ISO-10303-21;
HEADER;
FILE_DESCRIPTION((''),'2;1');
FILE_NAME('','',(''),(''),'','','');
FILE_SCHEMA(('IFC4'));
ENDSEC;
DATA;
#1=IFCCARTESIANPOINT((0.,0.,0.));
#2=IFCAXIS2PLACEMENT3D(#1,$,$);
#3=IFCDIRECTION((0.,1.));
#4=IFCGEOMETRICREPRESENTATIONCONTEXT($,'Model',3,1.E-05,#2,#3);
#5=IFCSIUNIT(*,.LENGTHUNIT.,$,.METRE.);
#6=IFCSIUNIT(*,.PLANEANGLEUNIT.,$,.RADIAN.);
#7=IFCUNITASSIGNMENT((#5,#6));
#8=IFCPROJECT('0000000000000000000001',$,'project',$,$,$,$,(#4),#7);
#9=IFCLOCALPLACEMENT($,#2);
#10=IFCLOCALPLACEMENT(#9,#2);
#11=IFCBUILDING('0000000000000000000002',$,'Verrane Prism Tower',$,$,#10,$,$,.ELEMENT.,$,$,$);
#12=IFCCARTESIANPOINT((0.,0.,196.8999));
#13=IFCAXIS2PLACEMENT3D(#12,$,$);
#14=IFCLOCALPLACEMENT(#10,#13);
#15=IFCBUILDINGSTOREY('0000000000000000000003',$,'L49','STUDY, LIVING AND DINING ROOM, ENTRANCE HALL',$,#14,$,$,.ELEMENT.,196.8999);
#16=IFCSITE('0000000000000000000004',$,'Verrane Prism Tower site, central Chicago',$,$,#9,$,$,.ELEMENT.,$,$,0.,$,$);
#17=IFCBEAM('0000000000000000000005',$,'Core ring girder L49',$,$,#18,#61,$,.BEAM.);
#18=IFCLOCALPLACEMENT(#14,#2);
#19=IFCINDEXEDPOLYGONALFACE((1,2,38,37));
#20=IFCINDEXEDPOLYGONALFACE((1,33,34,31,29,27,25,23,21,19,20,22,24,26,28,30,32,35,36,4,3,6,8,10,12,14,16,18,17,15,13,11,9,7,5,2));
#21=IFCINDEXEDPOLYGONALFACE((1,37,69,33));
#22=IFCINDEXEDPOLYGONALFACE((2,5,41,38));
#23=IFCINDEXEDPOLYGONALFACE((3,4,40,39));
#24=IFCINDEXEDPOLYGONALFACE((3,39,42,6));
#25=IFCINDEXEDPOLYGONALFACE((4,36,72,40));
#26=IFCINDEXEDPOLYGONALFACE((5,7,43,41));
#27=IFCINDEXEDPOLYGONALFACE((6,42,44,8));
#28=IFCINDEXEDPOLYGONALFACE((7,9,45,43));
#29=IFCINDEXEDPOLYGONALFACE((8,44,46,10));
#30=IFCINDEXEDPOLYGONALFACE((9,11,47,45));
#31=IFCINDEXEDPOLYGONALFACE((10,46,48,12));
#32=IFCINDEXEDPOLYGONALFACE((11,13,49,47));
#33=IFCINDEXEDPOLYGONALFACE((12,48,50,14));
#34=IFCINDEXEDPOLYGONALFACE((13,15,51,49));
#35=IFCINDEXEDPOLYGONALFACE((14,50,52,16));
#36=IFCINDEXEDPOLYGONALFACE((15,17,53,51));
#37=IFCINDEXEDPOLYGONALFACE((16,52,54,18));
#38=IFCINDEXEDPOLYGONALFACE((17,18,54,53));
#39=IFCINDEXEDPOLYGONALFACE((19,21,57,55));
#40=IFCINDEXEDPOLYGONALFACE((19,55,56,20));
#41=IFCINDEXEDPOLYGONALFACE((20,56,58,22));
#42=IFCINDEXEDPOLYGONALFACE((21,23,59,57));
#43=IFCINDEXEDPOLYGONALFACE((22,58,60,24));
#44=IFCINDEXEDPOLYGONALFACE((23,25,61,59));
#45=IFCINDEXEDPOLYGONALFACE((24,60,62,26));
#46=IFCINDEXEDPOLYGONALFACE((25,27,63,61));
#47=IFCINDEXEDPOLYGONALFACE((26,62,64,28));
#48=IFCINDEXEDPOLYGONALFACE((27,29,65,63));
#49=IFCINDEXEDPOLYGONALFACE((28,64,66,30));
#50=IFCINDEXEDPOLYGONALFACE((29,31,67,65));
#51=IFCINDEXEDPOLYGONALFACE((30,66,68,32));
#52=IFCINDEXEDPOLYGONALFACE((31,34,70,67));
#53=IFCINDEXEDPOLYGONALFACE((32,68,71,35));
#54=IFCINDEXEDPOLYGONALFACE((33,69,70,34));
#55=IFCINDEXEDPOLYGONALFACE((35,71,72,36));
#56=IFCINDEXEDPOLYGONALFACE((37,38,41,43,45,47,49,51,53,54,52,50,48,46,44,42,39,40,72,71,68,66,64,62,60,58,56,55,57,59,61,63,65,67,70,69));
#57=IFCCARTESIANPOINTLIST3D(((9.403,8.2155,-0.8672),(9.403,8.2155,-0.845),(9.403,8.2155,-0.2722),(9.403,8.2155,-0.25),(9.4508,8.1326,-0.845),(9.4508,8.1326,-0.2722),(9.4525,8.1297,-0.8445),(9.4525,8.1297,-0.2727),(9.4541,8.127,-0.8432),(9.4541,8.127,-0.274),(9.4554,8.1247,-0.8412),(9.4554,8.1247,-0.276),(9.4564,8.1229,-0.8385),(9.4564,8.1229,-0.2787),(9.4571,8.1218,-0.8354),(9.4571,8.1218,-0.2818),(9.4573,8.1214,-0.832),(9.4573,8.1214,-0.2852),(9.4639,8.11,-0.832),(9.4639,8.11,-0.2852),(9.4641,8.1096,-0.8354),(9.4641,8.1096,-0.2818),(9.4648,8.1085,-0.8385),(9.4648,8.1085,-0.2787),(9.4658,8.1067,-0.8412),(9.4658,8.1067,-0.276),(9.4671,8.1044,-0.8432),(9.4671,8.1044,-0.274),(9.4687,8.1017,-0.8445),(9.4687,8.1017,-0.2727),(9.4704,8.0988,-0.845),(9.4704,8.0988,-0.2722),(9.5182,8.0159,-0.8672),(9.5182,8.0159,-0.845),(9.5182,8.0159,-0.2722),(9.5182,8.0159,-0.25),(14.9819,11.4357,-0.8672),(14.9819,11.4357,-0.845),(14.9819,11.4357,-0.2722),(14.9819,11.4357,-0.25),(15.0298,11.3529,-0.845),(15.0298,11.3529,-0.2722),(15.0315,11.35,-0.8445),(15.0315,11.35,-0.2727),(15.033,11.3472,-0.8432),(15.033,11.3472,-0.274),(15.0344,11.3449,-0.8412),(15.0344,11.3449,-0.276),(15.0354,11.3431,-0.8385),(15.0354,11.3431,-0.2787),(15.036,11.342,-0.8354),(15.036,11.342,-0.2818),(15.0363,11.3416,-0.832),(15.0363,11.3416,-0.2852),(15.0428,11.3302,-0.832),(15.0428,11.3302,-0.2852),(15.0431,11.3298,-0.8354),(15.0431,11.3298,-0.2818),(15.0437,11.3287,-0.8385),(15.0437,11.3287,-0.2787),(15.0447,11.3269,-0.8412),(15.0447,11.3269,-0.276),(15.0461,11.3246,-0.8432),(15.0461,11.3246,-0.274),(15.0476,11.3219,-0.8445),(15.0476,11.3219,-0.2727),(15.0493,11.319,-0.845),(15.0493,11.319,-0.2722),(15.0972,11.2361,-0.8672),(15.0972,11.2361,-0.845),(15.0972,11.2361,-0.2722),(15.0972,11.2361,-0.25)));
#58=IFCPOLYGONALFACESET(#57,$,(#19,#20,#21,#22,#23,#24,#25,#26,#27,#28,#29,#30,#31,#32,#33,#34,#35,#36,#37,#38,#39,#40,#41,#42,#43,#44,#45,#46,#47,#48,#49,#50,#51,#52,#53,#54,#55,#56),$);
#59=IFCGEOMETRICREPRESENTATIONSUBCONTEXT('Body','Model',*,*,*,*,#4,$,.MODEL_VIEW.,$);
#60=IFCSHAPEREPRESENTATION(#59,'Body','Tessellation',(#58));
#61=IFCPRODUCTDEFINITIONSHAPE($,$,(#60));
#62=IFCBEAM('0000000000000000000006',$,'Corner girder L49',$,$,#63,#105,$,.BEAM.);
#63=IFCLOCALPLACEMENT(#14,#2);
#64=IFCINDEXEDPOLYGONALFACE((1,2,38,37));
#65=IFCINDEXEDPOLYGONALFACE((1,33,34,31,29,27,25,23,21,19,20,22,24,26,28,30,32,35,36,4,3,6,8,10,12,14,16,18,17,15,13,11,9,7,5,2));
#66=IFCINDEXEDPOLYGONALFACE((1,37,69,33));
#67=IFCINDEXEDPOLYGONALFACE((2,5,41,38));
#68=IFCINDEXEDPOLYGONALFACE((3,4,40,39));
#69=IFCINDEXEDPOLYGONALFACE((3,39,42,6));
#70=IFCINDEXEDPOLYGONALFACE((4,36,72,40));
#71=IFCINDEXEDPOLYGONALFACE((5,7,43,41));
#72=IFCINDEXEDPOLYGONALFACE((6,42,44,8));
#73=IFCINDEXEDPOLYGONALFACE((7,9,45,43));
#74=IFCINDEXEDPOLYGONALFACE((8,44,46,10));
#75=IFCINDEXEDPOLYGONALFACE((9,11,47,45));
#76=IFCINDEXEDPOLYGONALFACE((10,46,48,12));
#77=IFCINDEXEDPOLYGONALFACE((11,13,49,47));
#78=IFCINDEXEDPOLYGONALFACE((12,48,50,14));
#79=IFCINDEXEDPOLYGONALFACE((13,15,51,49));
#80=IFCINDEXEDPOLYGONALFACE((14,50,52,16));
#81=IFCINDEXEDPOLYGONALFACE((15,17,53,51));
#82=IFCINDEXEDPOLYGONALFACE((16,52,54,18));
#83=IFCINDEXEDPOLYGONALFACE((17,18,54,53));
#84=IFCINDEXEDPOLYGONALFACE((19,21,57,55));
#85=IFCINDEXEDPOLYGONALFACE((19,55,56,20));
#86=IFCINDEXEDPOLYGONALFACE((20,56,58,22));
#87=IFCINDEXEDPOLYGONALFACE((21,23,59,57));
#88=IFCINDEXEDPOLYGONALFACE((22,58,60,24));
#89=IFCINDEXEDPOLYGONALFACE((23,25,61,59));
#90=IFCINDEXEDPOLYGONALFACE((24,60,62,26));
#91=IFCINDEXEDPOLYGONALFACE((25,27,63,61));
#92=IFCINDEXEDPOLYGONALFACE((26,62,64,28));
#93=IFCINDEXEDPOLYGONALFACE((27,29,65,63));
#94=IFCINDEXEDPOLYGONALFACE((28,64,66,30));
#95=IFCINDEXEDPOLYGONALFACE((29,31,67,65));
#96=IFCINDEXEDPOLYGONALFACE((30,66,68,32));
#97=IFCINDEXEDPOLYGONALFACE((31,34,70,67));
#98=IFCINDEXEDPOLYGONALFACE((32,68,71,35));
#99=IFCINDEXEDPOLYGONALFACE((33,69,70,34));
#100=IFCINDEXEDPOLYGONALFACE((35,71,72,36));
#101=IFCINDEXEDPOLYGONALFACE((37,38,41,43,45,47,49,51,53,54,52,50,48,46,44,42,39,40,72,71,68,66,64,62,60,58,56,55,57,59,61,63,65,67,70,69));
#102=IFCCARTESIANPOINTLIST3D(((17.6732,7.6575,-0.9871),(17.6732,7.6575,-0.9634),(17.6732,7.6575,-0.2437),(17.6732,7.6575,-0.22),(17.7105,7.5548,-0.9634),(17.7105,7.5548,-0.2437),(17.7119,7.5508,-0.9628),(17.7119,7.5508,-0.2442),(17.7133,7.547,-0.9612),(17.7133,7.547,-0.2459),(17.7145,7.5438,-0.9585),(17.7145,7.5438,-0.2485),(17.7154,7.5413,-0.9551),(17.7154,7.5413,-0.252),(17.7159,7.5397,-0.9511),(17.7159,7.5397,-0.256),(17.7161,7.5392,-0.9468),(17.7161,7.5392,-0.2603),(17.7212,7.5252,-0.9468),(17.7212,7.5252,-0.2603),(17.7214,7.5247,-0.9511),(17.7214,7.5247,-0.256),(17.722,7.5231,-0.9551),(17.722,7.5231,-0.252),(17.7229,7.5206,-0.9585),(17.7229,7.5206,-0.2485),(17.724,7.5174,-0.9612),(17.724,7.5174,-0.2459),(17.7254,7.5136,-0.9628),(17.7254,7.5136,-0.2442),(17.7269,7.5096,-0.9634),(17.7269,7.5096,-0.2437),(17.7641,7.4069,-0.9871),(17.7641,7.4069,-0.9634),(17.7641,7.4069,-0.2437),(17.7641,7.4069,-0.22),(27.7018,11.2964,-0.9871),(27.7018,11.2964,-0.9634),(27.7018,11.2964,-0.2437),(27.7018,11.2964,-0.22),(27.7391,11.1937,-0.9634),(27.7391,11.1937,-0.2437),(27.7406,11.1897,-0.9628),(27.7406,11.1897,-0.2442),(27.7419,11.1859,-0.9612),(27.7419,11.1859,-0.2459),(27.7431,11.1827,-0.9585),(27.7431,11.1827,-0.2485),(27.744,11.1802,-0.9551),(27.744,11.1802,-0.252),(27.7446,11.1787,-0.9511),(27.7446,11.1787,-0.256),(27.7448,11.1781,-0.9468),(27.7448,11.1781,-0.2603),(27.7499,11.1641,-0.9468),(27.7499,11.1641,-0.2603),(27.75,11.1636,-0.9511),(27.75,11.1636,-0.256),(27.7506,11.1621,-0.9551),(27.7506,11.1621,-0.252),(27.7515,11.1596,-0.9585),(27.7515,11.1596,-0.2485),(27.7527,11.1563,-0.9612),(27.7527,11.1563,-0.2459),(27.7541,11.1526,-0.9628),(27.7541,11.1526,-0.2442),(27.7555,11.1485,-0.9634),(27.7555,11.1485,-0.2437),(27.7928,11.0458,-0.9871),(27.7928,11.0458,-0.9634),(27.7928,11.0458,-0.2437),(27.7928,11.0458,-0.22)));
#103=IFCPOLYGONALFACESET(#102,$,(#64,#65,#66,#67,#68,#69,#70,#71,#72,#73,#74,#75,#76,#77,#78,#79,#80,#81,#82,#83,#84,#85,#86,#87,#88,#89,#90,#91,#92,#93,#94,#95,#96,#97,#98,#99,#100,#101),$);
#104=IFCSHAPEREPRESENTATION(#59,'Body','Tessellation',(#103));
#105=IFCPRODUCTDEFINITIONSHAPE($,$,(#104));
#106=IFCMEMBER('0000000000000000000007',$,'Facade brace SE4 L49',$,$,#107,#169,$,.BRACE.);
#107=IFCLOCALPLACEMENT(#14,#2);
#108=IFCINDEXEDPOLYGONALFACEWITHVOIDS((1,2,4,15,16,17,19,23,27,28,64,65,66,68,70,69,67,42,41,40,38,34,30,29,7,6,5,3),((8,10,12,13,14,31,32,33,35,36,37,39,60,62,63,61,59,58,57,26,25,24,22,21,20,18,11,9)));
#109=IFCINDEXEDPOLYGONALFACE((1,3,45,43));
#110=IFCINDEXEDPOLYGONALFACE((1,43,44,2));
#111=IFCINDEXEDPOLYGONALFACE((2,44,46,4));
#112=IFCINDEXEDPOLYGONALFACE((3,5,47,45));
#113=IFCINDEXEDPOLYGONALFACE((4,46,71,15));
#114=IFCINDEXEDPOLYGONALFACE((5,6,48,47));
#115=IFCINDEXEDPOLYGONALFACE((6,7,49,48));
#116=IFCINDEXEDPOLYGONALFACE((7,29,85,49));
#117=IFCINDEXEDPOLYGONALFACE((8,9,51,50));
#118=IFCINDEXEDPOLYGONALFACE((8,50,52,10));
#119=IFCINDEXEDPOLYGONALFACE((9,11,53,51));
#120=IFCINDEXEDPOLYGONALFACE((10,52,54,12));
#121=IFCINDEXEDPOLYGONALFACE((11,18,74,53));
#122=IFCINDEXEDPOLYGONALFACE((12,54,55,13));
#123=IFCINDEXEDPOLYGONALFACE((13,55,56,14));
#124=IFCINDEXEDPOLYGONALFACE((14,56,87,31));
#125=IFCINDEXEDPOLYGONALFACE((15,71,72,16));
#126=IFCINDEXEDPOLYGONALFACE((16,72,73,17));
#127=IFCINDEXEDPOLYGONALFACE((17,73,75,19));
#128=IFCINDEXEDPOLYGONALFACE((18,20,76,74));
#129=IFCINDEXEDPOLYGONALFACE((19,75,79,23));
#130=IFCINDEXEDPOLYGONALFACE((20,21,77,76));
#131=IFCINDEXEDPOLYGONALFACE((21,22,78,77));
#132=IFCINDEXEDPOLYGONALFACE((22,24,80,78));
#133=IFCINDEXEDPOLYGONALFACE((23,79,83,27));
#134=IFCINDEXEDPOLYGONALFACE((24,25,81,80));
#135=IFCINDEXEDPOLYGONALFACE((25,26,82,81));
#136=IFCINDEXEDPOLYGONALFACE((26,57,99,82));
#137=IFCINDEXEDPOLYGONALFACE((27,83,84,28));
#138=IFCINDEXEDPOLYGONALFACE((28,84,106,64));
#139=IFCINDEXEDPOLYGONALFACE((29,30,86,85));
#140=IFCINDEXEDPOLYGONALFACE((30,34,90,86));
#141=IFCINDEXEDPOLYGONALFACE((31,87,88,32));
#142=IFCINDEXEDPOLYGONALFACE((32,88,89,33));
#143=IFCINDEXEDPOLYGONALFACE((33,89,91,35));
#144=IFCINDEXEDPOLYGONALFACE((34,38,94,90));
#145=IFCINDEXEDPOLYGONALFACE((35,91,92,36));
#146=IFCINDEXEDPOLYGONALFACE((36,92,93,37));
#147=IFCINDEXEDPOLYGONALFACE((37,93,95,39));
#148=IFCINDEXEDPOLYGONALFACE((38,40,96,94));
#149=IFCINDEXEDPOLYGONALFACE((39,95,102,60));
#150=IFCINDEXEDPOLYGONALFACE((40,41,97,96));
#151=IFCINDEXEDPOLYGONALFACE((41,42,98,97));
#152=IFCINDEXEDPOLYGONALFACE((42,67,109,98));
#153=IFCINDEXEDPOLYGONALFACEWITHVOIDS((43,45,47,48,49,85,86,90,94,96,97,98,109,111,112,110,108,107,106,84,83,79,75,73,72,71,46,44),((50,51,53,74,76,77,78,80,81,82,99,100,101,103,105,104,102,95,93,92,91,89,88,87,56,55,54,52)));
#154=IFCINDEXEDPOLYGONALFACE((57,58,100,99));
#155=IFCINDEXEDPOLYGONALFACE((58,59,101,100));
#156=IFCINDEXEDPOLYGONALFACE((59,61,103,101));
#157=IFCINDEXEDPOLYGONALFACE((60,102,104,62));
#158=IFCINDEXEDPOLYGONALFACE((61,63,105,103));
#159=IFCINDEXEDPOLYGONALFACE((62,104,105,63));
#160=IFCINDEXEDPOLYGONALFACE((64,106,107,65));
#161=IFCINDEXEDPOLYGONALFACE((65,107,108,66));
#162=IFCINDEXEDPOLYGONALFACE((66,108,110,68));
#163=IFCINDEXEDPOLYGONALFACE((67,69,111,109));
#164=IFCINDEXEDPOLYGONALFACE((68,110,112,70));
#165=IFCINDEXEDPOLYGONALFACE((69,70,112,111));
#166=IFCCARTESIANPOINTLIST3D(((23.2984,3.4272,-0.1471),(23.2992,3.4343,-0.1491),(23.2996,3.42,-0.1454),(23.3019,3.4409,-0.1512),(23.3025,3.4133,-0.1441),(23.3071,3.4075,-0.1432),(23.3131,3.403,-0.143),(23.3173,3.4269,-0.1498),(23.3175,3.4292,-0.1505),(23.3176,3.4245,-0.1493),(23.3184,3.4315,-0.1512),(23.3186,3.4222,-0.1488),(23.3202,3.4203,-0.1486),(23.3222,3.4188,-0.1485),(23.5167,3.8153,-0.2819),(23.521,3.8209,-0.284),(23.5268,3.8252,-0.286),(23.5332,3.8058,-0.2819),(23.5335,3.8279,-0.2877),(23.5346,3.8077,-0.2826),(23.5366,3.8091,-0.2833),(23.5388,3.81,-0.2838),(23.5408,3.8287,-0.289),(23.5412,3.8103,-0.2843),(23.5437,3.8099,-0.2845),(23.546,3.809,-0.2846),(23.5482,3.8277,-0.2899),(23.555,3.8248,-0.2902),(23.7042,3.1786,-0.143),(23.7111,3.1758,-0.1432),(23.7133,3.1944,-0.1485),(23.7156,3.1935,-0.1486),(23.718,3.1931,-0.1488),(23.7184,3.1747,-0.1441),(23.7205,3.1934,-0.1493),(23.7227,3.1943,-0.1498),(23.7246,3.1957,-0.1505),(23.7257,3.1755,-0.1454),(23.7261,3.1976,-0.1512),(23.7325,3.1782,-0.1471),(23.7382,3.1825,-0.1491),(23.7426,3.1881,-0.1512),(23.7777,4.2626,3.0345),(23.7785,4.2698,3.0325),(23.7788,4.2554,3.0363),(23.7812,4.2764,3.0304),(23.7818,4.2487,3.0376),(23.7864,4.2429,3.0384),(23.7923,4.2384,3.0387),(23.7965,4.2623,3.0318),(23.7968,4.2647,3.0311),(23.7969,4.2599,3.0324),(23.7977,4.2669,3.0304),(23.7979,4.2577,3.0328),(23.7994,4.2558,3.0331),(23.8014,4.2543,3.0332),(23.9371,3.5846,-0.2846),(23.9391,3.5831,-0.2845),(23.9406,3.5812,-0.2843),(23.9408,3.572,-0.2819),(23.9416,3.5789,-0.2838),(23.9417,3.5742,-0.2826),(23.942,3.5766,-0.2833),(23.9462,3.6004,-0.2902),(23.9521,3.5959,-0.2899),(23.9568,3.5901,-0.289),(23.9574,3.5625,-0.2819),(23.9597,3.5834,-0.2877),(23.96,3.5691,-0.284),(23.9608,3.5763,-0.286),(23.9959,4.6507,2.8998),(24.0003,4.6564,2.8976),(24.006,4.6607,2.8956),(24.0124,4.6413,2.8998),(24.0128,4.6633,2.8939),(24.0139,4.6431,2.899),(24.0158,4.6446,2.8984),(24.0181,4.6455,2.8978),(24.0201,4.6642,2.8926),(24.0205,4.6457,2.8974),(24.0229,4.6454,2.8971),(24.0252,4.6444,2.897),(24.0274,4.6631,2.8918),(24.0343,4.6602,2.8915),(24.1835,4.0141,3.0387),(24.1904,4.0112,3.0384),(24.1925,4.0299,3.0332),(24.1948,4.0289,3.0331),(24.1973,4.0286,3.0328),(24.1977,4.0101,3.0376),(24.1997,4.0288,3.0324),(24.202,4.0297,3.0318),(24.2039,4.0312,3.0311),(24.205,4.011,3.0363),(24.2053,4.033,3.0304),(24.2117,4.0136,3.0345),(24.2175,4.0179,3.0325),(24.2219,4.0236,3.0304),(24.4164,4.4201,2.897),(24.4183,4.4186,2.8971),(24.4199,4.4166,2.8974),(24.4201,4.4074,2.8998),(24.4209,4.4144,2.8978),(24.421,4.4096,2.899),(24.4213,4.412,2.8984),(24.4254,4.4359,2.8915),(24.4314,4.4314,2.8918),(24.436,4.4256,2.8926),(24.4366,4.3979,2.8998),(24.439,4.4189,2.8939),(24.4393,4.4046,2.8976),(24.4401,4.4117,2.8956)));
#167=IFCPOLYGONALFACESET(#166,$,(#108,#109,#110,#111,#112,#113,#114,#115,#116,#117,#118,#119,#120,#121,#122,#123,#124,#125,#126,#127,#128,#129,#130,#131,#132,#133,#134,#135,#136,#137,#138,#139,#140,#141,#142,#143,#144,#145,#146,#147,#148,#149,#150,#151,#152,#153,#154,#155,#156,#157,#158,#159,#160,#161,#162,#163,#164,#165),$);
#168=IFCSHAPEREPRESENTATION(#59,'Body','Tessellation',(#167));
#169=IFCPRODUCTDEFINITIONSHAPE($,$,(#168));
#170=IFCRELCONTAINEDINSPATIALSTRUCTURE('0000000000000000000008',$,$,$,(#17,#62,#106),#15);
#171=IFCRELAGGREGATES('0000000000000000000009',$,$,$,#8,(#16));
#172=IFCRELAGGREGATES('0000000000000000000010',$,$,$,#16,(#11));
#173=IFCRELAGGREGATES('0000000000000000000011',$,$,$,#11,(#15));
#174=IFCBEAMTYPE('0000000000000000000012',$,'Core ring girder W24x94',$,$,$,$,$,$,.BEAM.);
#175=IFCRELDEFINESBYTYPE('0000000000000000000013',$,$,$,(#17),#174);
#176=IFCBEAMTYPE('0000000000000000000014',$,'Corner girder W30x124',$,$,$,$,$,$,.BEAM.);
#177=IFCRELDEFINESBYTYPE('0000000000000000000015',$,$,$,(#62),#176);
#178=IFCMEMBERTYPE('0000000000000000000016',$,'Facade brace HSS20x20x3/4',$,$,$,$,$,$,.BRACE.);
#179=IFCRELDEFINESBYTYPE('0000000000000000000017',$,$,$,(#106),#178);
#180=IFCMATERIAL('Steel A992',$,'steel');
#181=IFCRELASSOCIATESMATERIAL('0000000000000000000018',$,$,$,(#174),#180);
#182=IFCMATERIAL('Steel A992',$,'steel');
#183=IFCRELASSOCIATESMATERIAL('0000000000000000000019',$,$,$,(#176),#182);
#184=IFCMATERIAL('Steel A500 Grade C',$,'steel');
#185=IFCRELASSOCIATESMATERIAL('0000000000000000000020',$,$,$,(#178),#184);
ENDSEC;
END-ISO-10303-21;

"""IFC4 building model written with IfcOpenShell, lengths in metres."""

from ifc_helpers import new_model, si_unit, direction, frame, origin, origin_2d, place, context, subcontext, project, spatial, hollow_rectangle, i_section, extrude, material, material_profile, profile_set, type_object, element, save


model = new_model("IFC4")

# Units and contexts
model_context = context("Model", 3, precision=1e-05, world=origin(), true_north=direction((0.0, 1.0)))
body_context = subcontext(model_context, "Body", "Model", "MODEL_VIEW")
ifc_project = project(units=[si_unit("LENGTHUNIT", "METRE"), si_unit("PLANEANGLEUNIT", "RADIAN")], contexts=[model_context])

# Site, building, storey
site_placement = place(None, origin())
site = spatial("IfcSite", under=ifc_project, at=site_placement, Name="Verrane Prism Tower site, central Chicago", CompositionType="ELEMENT", RefElevation=0.0)
building_placement = place(site_placement, origin())
building = spatial("IfcBuilding", under=site, at=building_placement, Name="Verrane Prism Tower", CompositionType="ELEMENT")
storey_placement = place(building_placement, frame((0.0, 0.0, 196.8999)))
storey = spatial("IfcBuildingStorey", under=building, at=storey_placement, Name="L49", Description="STUDY, LIVING AND DINING ROOM, ENTRANCE HALL", CompositionType="ELEMENT", Elevation=196.8999)

# Beams
ifc_material_1 = material(Name="Steel A992", Category="steel")
ifc_material_profile_1 = material_profile(ifc_material_1, i_section(OverallWidth=0.2305, OverallDepth=0.6172, WebThickness=0.0132, FlangeThickness=0.0222, FilletRadius=0.0129, at=origin_2d()), Name="W24x94")
ifc_profile_set_1 = profile_set([ifc_material_profile_1], Name="Steel A992")
beam_type_1 = type_object("IfcBeamType", Name="Core ring girder W24x94", PredefinedType="BEAM", material=ifc_profile_set_1)
beam_1_placement = place(storey_placement, frame((15.0396, 11.3359, -0.5586), z_axis=(-0.866075, -0.499914, 0.0), x_axis=(0.499914, -0.866075, 0.0)))
element("IfcBeam", 1, at=beam_1_placement, inside=storey, type_object=beam_type_1, Name="Core ring girder L49", PredefinedType="BEAM", context=body_context, shape_type="SweptSolid", body=[
    extrude(i_section(OverallWidth=0.2305, OverallDepth=0.6172, WebThickness=0.0132, FlangeThickness=0.0222, FilletRadius=0.0129, at=origin_2d()), origin(), (0.0, 0.0, 1.0), 6.4417),
])
ifc_material_2 = material(Name="Steel A992", Category="steel")
ifc_material_profile_2 = material_profile(ifc_material_2, i_section(OverallWidth=0.2666, OverallDepth=0.7671, WebThickness=0.0149, FlangeThickness=0.0237, FilletRadius=0.0166, at=origin_2d()), Name="W30x124")
ifc_profile_set_2 = profile_set([ifc_material_profile_2], Name="Steel A992")
beam_type_2 = type_object("IfcBeamType", Name="Corner girder W30x124", PredefinedType="BEAM", material=ifc_profile_set_2)
beam_2_placement = place(storey_placement, frame((27.7473, 11.1711, -0.6035), z_axis=(-0.940029, -0.341094, 0.0), x_axis=(0.341094, -0.940029, 0.0)))
element("IfcBeam", 2, at=beam_2_placement, inside=storey, type_object=beam_type_2, Name="Corner girder L49", PredefinedType="BEAM", context=body_context, shape_type="SweptSolid", body=[
    extrude(i_section(OverallWidth=0.2666, OverallDepth=0.7671, WebThickness=0.0149, FlangeThickness=0.0237, FilletRadius=0.0166, at=origin_2d()), origin(), (0.0, 0.0, 1.0), 10.6685),
])

# Member
ifc_material_3 = material(Name="Steel A500 Grade C", Category="steel")
ifc_material_profile_3 = material_profile(ifc_material_3, hollow_rectangle(XDim=0.5081, YDim=0.5081, WallThickness=0.019, InnerFilletRadius=0.0095, OuterFilletRadius=0.0286, at=origin_2d()), Name="HSS20x20x3/4")
ifc_profile_set_3 = profile_set([ifc_material_profile_3], Name="Steel A500 Grade C")
member_type_1 = type_object("IfcMemberType", Name="Facade brace HSS20x20x3/4", PredefinedType="BRACE", material=ifc_profile_set_3)
member_1_placement = place(storey_placement, frame((23.6296, 3.5017, -0.2166), z_axis=(0.144168, 0.251321, 0.957107), x_axis=(-0.867415, 0.497585, 0.0)))
element("IfcMember", 3, at=member_1_placement, inside=storey, type_object=member_type_1, Name="Facade brace SE4 L49", PredefinedType="BRACE", context=body_context, shape_type="SweptSolid", body=[
    extrude(hollow_rectangle(XDim=0.5081, YDim=0.5081, WallThickness=0.019, InnerFilletRadius=0.0095, OuterFilletRadius=0.0286, at=origin_2d()), origin(), (0.0, 0.0, 1.0), 3.3242),
])

save(model, "model.ifc")
